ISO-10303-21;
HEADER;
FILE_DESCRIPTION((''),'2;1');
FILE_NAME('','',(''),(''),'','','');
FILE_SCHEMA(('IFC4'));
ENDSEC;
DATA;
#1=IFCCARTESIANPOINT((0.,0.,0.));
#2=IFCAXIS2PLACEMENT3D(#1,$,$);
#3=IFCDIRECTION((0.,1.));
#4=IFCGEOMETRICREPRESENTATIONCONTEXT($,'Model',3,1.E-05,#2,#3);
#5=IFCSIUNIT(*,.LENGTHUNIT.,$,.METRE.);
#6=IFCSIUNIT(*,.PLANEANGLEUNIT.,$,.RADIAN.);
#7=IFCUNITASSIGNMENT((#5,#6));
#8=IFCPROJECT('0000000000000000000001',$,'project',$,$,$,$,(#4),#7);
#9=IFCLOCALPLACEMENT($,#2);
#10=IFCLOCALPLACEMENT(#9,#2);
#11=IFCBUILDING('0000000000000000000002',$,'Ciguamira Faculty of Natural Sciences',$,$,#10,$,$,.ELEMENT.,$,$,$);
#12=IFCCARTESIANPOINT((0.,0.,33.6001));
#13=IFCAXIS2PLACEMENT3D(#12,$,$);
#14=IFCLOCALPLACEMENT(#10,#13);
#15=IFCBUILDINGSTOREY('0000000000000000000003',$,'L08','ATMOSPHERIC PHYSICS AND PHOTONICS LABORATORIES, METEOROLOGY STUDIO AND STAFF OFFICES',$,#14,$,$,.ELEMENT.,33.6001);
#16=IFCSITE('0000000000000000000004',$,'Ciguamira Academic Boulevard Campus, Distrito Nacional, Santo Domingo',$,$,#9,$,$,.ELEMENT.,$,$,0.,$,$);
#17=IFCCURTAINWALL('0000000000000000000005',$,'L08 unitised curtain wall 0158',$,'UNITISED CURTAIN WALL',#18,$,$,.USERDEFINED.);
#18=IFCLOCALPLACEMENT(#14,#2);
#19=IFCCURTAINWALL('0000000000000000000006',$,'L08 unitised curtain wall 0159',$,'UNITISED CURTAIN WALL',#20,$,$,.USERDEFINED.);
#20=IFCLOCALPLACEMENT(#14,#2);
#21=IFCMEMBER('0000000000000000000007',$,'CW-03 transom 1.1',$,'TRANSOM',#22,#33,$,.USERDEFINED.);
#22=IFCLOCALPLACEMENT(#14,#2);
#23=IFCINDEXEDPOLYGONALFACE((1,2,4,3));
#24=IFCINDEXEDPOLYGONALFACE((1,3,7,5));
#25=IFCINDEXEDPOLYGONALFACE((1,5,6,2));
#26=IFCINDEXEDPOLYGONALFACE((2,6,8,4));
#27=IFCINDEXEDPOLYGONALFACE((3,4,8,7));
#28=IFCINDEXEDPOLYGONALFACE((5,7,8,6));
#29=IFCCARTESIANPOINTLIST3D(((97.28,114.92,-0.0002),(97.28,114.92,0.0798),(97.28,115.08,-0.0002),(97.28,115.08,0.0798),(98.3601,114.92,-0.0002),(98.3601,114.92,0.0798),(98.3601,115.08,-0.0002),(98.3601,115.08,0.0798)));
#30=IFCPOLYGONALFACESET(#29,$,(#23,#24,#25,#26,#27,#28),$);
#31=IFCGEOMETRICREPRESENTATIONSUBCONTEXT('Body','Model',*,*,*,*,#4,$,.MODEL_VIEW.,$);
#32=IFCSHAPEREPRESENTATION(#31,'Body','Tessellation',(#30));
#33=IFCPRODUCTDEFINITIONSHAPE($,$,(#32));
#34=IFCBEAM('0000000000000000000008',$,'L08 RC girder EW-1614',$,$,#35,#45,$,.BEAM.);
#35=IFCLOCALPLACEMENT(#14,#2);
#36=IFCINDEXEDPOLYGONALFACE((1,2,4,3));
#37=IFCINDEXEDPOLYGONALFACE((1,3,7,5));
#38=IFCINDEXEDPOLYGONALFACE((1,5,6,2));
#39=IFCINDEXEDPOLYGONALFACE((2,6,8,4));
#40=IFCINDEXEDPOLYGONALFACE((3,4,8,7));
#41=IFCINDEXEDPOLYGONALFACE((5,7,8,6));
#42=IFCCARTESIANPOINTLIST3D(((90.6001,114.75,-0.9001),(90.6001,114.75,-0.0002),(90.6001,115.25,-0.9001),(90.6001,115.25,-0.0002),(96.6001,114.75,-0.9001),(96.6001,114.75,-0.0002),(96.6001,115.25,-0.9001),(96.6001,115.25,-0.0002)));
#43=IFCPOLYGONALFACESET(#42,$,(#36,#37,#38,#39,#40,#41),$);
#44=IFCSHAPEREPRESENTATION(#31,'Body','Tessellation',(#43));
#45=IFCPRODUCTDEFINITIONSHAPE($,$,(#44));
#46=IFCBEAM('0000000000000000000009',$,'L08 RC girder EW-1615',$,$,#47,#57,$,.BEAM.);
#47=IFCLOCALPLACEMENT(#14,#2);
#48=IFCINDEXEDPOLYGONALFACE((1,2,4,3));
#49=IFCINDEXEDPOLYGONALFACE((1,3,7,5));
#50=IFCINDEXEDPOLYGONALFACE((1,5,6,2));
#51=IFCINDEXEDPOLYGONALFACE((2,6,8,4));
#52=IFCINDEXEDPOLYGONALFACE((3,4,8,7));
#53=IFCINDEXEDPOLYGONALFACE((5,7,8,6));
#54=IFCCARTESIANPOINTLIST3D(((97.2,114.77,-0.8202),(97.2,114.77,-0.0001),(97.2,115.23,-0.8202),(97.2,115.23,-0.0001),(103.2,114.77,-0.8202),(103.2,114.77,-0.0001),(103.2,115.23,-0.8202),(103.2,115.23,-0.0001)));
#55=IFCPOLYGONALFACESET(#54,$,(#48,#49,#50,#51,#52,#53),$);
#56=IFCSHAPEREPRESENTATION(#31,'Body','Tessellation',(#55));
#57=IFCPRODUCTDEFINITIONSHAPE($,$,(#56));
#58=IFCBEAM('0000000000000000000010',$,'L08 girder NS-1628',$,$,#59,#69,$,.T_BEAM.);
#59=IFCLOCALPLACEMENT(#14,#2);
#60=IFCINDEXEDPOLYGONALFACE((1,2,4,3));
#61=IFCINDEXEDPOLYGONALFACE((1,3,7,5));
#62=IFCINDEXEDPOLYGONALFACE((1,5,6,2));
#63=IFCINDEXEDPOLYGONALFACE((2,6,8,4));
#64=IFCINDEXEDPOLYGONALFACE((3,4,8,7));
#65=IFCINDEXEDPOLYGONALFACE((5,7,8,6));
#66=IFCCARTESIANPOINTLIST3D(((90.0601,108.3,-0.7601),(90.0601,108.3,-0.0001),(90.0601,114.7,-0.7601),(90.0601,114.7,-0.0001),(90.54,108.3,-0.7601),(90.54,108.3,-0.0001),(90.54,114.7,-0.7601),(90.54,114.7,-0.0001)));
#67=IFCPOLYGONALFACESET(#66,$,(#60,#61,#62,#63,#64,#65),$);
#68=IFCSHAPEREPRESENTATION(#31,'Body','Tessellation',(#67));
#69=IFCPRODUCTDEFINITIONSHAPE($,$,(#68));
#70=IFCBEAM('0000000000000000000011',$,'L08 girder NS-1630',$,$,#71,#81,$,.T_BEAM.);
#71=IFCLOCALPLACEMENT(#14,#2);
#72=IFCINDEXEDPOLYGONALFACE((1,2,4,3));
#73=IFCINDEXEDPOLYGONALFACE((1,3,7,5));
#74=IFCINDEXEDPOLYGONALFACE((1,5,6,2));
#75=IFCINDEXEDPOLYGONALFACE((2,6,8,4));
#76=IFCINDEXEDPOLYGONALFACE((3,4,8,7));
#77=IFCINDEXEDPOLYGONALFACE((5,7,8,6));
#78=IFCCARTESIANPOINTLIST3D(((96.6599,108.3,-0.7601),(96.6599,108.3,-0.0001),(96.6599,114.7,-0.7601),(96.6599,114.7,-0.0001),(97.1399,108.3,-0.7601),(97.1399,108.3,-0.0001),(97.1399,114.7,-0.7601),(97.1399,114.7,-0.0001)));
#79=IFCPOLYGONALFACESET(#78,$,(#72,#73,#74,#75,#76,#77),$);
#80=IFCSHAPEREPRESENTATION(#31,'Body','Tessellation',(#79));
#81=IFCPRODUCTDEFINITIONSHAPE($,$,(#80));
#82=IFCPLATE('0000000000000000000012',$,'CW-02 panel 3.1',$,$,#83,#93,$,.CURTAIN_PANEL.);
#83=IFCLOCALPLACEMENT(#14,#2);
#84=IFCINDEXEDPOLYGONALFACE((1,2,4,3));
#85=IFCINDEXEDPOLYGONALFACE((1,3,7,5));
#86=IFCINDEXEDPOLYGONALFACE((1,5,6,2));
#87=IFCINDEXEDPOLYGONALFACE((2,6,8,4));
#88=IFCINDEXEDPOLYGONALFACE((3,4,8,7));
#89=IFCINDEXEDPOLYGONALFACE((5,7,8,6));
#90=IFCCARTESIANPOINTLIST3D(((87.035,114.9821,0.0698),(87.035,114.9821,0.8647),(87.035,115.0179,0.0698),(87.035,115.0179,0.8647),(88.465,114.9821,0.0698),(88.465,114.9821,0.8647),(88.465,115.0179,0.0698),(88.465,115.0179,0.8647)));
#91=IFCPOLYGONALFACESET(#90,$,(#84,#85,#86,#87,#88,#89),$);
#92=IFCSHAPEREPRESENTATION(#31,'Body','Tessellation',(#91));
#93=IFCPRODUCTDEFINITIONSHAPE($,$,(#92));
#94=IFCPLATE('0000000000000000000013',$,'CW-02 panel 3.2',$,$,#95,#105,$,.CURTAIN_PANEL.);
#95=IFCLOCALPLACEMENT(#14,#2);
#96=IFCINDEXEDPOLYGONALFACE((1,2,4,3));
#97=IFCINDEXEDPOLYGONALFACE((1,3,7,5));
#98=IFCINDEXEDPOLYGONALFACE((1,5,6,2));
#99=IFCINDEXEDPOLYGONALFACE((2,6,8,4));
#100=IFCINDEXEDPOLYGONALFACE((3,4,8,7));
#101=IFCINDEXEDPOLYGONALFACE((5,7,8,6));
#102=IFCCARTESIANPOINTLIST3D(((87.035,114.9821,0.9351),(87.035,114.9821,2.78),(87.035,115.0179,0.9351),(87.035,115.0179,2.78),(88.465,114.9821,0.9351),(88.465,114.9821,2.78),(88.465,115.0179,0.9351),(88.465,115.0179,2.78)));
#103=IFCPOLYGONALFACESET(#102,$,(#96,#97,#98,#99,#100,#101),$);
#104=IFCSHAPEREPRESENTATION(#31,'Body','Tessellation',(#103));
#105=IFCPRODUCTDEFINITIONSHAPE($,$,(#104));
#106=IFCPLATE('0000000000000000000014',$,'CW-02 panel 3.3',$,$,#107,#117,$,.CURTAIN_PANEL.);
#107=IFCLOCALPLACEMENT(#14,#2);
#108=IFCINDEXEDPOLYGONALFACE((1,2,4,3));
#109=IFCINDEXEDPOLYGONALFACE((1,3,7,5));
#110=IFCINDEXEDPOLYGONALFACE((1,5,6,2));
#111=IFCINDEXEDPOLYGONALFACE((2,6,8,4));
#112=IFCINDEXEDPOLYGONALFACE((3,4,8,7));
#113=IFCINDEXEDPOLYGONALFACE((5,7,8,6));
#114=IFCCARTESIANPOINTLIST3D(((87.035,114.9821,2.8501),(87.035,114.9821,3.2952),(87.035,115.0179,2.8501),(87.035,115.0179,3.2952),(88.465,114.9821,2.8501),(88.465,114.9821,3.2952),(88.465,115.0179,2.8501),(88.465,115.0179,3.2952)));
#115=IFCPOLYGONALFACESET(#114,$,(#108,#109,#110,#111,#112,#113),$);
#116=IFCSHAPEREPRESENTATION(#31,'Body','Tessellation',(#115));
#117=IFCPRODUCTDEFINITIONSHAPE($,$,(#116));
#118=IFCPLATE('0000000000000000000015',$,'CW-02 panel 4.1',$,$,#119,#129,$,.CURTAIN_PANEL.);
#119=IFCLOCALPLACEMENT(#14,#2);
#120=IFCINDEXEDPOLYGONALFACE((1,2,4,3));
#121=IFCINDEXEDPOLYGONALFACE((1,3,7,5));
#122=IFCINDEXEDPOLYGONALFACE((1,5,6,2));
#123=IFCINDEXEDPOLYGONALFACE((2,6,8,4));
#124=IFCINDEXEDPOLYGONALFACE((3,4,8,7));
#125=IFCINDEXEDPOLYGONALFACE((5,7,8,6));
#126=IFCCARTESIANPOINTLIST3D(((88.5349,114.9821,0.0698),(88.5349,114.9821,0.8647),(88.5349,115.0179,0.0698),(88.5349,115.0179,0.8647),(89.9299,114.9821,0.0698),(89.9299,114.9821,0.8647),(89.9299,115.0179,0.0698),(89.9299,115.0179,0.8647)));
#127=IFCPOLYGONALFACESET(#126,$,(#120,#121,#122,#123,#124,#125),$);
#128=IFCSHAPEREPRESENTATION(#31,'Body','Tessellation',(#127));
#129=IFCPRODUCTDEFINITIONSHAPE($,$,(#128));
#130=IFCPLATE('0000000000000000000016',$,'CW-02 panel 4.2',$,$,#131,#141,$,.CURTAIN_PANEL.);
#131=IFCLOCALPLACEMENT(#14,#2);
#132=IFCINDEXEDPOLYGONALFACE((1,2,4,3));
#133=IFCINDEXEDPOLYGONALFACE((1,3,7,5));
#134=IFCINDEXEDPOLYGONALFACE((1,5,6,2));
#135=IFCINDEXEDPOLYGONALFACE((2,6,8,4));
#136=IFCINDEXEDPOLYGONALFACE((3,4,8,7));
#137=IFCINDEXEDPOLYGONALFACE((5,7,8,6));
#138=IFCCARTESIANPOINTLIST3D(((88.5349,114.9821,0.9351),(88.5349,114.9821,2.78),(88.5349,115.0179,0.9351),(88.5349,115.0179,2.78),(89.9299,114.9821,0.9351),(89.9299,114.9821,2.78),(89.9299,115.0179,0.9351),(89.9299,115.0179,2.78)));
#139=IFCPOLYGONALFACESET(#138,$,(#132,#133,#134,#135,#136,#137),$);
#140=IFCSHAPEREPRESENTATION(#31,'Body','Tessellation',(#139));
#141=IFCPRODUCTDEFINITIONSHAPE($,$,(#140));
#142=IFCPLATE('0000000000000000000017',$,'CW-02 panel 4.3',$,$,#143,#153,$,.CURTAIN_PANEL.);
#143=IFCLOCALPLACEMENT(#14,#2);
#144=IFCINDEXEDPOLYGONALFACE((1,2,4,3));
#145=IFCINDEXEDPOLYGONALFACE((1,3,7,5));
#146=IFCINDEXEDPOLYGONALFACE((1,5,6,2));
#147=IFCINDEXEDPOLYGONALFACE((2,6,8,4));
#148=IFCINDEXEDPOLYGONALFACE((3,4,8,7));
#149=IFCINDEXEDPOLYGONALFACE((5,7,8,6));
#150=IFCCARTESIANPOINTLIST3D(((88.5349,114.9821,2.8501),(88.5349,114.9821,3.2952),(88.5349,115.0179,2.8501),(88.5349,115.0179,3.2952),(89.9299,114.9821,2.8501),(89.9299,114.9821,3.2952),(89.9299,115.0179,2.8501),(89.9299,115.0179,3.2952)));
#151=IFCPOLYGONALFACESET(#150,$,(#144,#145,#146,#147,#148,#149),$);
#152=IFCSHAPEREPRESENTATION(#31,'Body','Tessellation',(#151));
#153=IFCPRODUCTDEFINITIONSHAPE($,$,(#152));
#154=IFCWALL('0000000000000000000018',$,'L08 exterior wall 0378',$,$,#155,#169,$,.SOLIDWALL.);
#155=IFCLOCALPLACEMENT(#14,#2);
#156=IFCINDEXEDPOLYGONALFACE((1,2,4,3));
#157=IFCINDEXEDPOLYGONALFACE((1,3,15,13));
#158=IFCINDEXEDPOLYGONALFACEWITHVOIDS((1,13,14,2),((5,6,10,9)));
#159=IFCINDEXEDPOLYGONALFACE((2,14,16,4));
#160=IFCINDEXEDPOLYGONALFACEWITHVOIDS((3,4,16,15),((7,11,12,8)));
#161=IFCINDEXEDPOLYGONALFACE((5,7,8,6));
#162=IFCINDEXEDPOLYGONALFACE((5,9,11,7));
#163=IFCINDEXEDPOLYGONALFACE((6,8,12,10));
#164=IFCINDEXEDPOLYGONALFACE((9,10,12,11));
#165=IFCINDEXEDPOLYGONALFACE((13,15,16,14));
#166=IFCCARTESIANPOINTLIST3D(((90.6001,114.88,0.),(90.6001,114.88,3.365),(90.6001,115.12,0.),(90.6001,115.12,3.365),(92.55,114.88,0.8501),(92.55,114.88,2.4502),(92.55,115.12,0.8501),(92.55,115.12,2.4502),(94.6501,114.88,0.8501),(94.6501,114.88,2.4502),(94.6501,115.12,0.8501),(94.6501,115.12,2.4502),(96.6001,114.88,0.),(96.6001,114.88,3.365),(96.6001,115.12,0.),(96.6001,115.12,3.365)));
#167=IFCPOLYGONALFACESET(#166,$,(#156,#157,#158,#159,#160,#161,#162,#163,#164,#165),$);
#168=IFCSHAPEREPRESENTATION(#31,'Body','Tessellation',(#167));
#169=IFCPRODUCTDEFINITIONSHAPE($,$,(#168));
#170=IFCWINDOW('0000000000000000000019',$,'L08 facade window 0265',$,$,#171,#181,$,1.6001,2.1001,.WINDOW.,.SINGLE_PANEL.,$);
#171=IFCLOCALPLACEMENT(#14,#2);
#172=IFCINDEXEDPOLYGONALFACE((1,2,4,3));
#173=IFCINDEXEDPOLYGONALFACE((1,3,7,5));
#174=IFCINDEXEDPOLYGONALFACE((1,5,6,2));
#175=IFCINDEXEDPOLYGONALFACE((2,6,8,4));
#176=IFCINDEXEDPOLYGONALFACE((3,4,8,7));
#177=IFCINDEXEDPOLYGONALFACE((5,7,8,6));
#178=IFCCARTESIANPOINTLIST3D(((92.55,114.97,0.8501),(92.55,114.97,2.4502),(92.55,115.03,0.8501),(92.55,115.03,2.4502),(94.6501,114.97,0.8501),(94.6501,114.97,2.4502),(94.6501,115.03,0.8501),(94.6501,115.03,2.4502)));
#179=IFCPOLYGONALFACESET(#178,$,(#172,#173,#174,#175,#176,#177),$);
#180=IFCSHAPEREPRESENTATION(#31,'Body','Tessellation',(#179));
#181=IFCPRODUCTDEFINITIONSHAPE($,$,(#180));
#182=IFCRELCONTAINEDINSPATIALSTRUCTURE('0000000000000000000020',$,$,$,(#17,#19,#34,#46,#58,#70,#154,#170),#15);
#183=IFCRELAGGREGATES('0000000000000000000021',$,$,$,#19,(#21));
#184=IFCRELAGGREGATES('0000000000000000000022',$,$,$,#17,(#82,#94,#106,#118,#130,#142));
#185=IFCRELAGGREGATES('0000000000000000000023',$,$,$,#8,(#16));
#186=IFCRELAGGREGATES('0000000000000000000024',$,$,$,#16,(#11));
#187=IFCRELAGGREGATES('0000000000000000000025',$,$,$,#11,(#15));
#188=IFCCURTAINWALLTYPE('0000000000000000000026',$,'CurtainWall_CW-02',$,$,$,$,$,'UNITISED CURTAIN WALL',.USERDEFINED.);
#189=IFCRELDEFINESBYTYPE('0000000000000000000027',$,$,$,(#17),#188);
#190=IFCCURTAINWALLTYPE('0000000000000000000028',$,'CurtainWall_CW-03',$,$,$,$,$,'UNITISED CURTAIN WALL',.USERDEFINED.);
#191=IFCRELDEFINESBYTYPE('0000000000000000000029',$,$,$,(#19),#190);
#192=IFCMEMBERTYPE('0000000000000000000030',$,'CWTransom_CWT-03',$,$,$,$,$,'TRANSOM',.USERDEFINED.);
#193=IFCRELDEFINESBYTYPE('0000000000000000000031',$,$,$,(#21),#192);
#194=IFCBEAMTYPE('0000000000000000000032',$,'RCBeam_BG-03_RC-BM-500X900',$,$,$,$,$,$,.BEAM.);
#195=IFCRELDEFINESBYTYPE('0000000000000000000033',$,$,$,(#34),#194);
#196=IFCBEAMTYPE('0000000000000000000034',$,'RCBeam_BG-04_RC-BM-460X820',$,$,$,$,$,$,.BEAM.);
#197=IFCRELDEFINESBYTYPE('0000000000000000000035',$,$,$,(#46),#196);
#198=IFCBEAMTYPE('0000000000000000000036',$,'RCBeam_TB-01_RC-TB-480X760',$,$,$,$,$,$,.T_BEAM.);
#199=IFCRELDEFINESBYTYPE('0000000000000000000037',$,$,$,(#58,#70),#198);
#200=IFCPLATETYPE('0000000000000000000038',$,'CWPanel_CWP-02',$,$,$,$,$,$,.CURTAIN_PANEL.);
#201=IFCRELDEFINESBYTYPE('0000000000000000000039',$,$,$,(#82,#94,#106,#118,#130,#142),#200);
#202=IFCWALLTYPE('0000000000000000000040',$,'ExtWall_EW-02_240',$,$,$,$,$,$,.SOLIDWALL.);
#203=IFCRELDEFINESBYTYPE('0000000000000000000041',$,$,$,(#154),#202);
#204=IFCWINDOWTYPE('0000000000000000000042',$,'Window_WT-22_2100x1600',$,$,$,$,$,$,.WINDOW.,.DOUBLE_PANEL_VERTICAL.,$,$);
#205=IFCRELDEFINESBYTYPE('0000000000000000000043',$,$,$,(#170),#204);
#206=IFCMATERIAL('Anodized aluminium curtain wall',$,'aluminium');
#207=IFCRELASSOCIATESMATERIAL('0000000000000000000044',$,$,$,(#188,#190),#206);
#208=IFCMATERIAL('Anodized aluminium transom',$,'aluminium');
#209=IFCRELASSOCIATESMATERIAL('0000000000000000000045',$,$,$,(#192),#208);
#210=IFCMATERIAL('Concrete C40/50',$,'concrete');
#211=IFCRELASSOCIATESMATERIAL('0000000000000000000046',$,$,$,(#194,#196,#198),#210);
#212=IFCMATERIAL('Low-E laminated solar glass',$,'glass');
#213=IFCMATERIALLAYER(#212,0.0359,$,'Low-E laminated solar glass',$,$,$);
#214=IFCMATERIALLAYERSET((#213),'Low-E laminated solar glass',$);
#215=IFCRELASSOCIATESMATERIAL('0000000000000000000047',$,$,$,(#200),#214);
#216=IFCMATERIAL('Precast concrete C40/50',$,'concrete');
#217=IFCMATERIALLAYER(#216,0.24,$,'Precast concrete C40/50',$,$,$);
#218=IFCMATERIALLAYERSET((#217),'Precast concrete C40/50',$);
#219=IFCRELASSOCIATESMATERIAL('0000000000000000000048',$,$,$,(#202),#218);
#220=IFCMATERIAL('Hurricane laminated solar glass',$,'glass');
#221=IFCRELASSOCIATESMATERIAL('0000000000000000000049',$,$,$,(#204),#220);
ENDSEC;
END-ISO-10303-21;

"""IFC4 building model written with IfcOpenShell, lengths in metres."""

from ifc_helpers import new_model, si_unit, direction, frame, frame_2d, origin, origin_2d, place, context, subcontext, project, spatial, rectangle, extrude, material, layer, layer_set, material_profile, profile_set, type_object, element, fill, aggregate, save


model = new_model("IFC4")

# Units and contexts
model_context = context("Model", 3, precision=1e-05, world=origin(), true_north=direction((0.0, 1.0)))
body_context = subcontext(model_context, "Body", "Model", "MODEL_VIEW")
ifc_project = project(units=[si_unit("LENGTHUNIT", "METRE"), si_unit("PLANEANGLEUNIT", "RADIAN")], contexts=[model_context])

# Site, building, storey
site_placement = place(None, origin())
site = spatial("IfcSite", under=ifc_project, at=site_placement, Name="Ciguamira Academic Boulevard Campus, Distrito Nacional, Santo Domingo", CompositionType="ELEMENT", RefElevation=0.0)
building_placement = place(site_placement, origin())
building = spatial("IfcBuilding", under=site, at=building_placement, Name="Ciguamira Faculty of Natural Sciences", CompositionType="ELEMENT")
storey_placement = place(building_placement, frame((0.0, 0.0, 33.6001)))
storey = spatial("IfcBuildingStorey", under=building, at=storey_placement, Name="L08", Description="ATMOSPHERIC PHYSICS AND PHOTONICS LABORATORIES, METEOROLOGY STUDIO AND STAFF OFFICES", CompositionType="ELEMENT", Elevation=33.6001)

# Shared definitions
ifc_material_1 = material(Name="Concrete C40/50", Category="concrete")

# Curtain wall
ifc_material_2 = material(Name="Anodized aluminium curtain wall", Category="aluminium")
curtain_wall_type_1 = type_object("IfcCurtainWallType", Name="CurtainWall_CW-02", ElementType="UNITISED CURTAIN WALL", PredefinedType="USERDEFINED", material=ifc_material_2)
curtain_wall_1_placement = place(storey_placement, origin())
curtain_wall_1 = element("IfcCurtainWall", 1, at=curtain_wall_1_placement, inside=storey, type_object=curtain_wall_type_1, Name="L08 unitised curtain wall 0158", ObjectType="UNITISED CURTAIN WALL", PredefinedType="USERDEFINED")

# Curtain wall
curtain_wall_type_2 = type_object("IfcCurtainWallType", Name="CurtainWall_CW-03", ElementType="UNITISED CURTAIN WALL", PredefinedType="USERDEFINED", material=ifc_material_2)
curtain_wall_2_placement = place(storey_placement, origin())
curtain_wall_2 = element("IfcCurtainWall", 2, at=curtain_wall_2_placement, inside=storey, type_object=curtain_wall_type_2, Name="L08 unitised curtain wall 0159", ObjectType="UNITISED CURTAIN WALL", PredefinedType="USERDEFINED")

# Member
ifc_material_3 = material(Name="Anodized aluminium transom", Category="aluminium")
ifc_material_profile_1 = material_profile(ifc_material_3, rectangle(XDim=0.0801, YDim=0.1599, at=origin_2d()), Name="ALU-TRN-80X160")
ifc_profile_set_1 = profile_set([ifc_material_profile_1], Name="Anodized aluminium transom")
member_type_1 = type_object("IfcMemberType", Name="CWTransom_CWT-03", ElementType="TRANSOM", PredefinedType="USERDEFINED", material=ifc_profile_set_1)
member_1_placement = place(storey_placement, frame((97.28, 115.0, 0.0398), z_axis=(1.0, 0.0, 0.0), x_axis=(0.0, 0.0, 1.0)))
member_1 = element("IfcMember", 3, at=member_1_placement, type_object=member_type_1, Name="CW-03 transom 1.1", ObjectType="TRANSOM", PredefinedType="USERDEFINED", context=body_context, shape_type="SweptSolid", body=[
    extrude(rectangle(XDim=0.0801, YDim=0.1599, at=origin_2d()), origin(), (0.0, 0.0, 1.0), 1.0801),
])
aggregate(curtain_wall_2, [member_1])

# Beams
ifc_material_profile_2 = material_profile(ifc_material_1, rectangle(XDim=0.5, YDim=0.8999, at=origin_2d()), Name="RC-BM-500X900")
ifc_profile_set_2 = profile_set([ifc_material_profile_2], Name="Concrete C40/50")
beam_type_1 = type_object("IfcBeamType", Name="RCBeam_BG-03_RC-BM-500X900", PredefinedType="BEAM", material=ifc_profile_set_2)
beam_1_placement = place(storey_placement, frame((90.6001, 115.0, -0.4502), z_axis=(1.0, 0.0, 0.0), x_axis=(0.0, 1.0, 0.0)))
element("IfcBeam", 4, at=beam_1_placement, inside=storey, type_object=beam_type_1, Name="L08 RC girder EW-1614", PredefinedType="BEAM", context=body_context, shape_type="SweptSolid", body=[
    extrude(rectangle(XDim=0.5, YDim=0.8999, at=origin_2d()), origin(), (0.0, 0.0, 1.0), 6.0),
])
ifc_material_profile_3 = material_profile(ifc_material_1, rectangle(XDim=0.46, YDim=0.8201, at=origin_2d()), Name="RC-BM-460X820")
ifc_profile_set_3 = profile_set([ifc_material_profile_3], Name="Concrete C40/50")
beam_type_2 = type_object("IfcBeamType", Name="RCBeam_BG-04_RC-BM-460X820", PredefinedType="BEAM", material=ifc_profile_set_3)
beam_2_placement = place(storey_placement, frame((97.2, 115.0, -0.4102), z_axis=(1.0, 0.0, 0.0), x_axis=(0.0, 1.0, 0.0)))
element("IfcBeam", 5, at=beam_2_placement, inside=storey, type_object=beam_type_2, Name="L08 RC girder EW-1615", PredefinedType="BEAM", context=body_context, shape_type="SweptSolid", body=[
    extrude(rectangle(XDim=0.46, YDim=0.8201, at=origin_2d()), origin(), (0.0, 0.0, 1.0), 6.0),
])
ifc_material_profile_4 = material_profile(ifc_material_1, rectangle(XDim=0.48, YDim=0.76, at=origin_2d()), Name="RC-TB-480X760")
ifc_profile_set_4 = profile_set([ifc_material_profile_4], Name="Concrete C40/50")
beam_type_3 = type_object("IfcBeamType", Name="RCBeam_TB-01_RC-TB-480X760", PredefinedType="T_BEAM", material=ifc_profile_set_4)
for number, where, z_axis, x_axis, name in (
    (6, (90.3, 108.3, -0.3801), (0.0, 1.0, 0.0), (-1.0, 0.0, 0.0), "L08 girder NS-1628"),
    (7, (96.8999, 108.3, -0.3801), (0.0, 1.0, 0.0), (-1.0, 0.0, 0.0), "L08 girder NS-1630"),
):
    element("IfcBeam", number, at=place(storey_placement, frame(where, z_axis=z_axis, x_axis=x_axis)), inside=storey, type_object=beam_type_3, Name=name, PredefinedType="T_BEAM", context=body_context, shape_type="SweptSolid", body=[
        extrude(rectangle(XDim=0.48, YDim=0.76, at=origin_2d()), origin(), (0.0, 0.0, 1.0), 6.3999),
    ])

# Plates
ifc_material_4 = material(Name="Low-E laminated solar glass", Category="glass")
ifc_layer_1 = layer(ifc_material_4, 0.0359, Name="Low-E laminated solar glass")
ifc_layer_set_1 = layer_set([ifc_layer_1], Name="Low-E laminated solar glass")
plate_type = type_object("IfcPlateType", Name="CWPanel_CWP-02", PredefinedType="CURTAIN_PANEL", material=ifc_layer_set_1)
plate_1_placement = place(storey_placement, frame((87.75, 115.0, 0.0698), z_axis=(0.0, 0.0, 1.0), x_axis=(1.0, 0.0, 0.0)))
plate_1 = element("IfcPlate", 8, at=plate_1_placement, type_object=plate_type, Name="CW-02 panel 3.1", PredefinedType="CURTAIN_PANEL", context=body_context, shape_type="SweptSolid", body=[
    extrude(rectangle(XDim=1.4299, YDim=0.0359, at=origin_2d()), origin(), (0.0, 0.0, 1.0), 0.7949),
])
plate_2_placement = place(storey_placement, frame((87.75, 115.0, 0.9351), z_axis=(0.0, 0.0, 1.0), x_axis=(1.0, 0.0, 0.0)))
plate_2 = element("IfcPlate", 9, at=plate_2_placement, type_object=plate_type, Name="CW-02 panel 3.2", PredefinedType="CURTAIN_PANEL", context=body_context, shape_type="SweptSolid", body=[
    extrude(rectangle(XDim=1.4299, YDim=0.0359, at=origin_2d()), origin(), (0.0, 0.0, 1.0), 1.845),
])
plate_3_placement = place(storey_placement, frame((87.75, 115.0, 2.8501), z_axis=(0.0, 0.0, 1.0), x_axis=(1.0, 0.0, 0.0)))
plate_3 = element("IfcPlate", 10, at=plate_3_placement, type_object=plate_type, Name="CW-02 panel 3.3", PredefinedType="CURTAIN_PANEL", context=body_context, shape_type="SweptSolid", body=[
    extrude(rectangle(XDim=1.4299, YDim=0.0359, at=origin_2d()), origin(), (0.0, 0.0, 1.0), 0.4451),
])
plate_4_placement = place(storey_placement, frame((89.2324, 115.0, 0.0698), z_axis=(0.0, 0.0, 1.0), x_axis=(1.0, 0.0, 0.0)))
plate_4 = element("IfcPlate", 11, at=plate_4_placement, type_object=plate_type, Name="CW-02 panel 4.1", PredefinedType="CURTAIN_PANEL", context=body_context, shape_type="SweptSolid", body=[
    extrude(rectangle(XDim=1.395, YDim=0.0359, at=origin_2d()), origin(), (0.0, 0.0, 1.0), 0.7949),
])
plate_5_placement = place(storey_placement, frame((89.2324, 115.0, 0.9351), z_axis=(0.0, 0.0, 1.0), x_axis=(1.0, 0.0, 0.0)))
plate_5 = element("IfcPlate", 12, at=plate_5_placement, type_object=plate_type, Name="CW-02 panel 4.2", PredefinedType="CURTAIN_PANEL", context=body_context, shape_type="SweptSolid", body=[
    extrude(rectangle(XDim=1.395, YDim=0.0359, at=origin_2d()), origin(), (0.0, 0.0, 1.0), 1.845),
])
plate_6_placement = place(storey_placement, frame((89.2324, 115.0, 2.8501), z_axis=(0.0, 0.0, 1.0), x_axis=(1.0, 0.0, 0.0)))
plate_6 = element("IfcPlate", 13, at=plate_6_placement, type_object=plate_type, Name="CW-02 panel 4.3", PredefinedType="CURTAIN_PANEL", context=body_context, shape_type="SweptSolid", body=[
    extrude(rectangle(XDim=1.395, YDim=0.0359, at=origin_2d()), origin(), (0.0, 0.0, 1.0), 0.4451),
])
aggregate(curtain_wall_1, [plate_1, plate_2, plate_3, plate_4, plate_5, plate_6])

# Wall, opening, window
ifc_material_5 = material(Name="Precast concrete C40/50", Category="concrete")
ifc_layer_2 = layer(ifc_material_5, 0.24, Name="Precast concrete C40/50")
ifc_layer_set_2 = layer_set([ifc_layer_2], Name="Precast concrete C40/50")
wall_type = type_object("IfcWallType", Name="ExtWall_EW-02_240", PredefinedType="SOLIDWALL", material=ifc_layer_set_2)
wall_placement = place(storey_placement, frame((90.6001, 115.0, 0.0), z_axis=(0.0, 0.0, 1.0), x_axis=(1.0, 0.0, 0.0)))
wall = element("IfcWall", 14, at=wall_placement, inside=storey, type_object=wall_type, Name="L08 exterior wall 0378", PredefinedType="SOLIDWALL", context=body_context, shape_type="SweptSolid", body=[
    extrude(rectangle(XDim=6.0, YDim=0.24, at=frame_2d((3.0, 0.0))), origin(), (0.0, 0.0, 1.0), 3.365),
])
opening_placement = place(wall_placement, frame((1.95, 0.0, 0.8501)))
opening = element("IfcOpeningElement", 15, at=opening_placement, cuts=wall, PredefinedType="OPENING", context=body_context, shape_type="SweptSolid", body=[
    extrude(rectangle(XDim=2.1001, YDim=1.6001, at=frame_2d((1.05, 0.8))), frame((0.0, 0.1299, 0.0), z_axis=(0.0, -1.0, 0.0), x_axis=(1.0, 0.0, 0.0)), (0.0, 0.0, 1.0), 0.26),
])
ifc_material_6 = material(Name="Hurricane laminated solar glass", Category="glass")
window_type = type_object("IfcWindowType", Name="Window_WT-22_2100x1600", PartitioningType="DOUBLE_PANEL_VERTICAL", PredefinedType="WINDOW", material=ifc_material_6)
window_placement = place(opening_placement, origin())
window = element("IfcWindow", 16, at=window_placement, inside=storey, type_object=window_type, Name="L08 facade window 0265", OverallHeight=1.6001, OverallWidth=2.1001, PartitioningType="SINGLE_PANEL", PredefinedType="WINDOW", context=body_context, shape_type="SweptSolid", body=[
    extrude(rectangle(XDim=2.1001, YDim=1.6001, at=frame_2d((1.05, 0.8))), frame((0.0, 0.03, 0.0), z_axis=(0.0, -1.0, 0.0), x_axis=(1.0, 0.0, 0.0)), (0.0, 0.0, 1.0), 0.0601),
])
fill(opening, window)

save(model, "model.ifc")
